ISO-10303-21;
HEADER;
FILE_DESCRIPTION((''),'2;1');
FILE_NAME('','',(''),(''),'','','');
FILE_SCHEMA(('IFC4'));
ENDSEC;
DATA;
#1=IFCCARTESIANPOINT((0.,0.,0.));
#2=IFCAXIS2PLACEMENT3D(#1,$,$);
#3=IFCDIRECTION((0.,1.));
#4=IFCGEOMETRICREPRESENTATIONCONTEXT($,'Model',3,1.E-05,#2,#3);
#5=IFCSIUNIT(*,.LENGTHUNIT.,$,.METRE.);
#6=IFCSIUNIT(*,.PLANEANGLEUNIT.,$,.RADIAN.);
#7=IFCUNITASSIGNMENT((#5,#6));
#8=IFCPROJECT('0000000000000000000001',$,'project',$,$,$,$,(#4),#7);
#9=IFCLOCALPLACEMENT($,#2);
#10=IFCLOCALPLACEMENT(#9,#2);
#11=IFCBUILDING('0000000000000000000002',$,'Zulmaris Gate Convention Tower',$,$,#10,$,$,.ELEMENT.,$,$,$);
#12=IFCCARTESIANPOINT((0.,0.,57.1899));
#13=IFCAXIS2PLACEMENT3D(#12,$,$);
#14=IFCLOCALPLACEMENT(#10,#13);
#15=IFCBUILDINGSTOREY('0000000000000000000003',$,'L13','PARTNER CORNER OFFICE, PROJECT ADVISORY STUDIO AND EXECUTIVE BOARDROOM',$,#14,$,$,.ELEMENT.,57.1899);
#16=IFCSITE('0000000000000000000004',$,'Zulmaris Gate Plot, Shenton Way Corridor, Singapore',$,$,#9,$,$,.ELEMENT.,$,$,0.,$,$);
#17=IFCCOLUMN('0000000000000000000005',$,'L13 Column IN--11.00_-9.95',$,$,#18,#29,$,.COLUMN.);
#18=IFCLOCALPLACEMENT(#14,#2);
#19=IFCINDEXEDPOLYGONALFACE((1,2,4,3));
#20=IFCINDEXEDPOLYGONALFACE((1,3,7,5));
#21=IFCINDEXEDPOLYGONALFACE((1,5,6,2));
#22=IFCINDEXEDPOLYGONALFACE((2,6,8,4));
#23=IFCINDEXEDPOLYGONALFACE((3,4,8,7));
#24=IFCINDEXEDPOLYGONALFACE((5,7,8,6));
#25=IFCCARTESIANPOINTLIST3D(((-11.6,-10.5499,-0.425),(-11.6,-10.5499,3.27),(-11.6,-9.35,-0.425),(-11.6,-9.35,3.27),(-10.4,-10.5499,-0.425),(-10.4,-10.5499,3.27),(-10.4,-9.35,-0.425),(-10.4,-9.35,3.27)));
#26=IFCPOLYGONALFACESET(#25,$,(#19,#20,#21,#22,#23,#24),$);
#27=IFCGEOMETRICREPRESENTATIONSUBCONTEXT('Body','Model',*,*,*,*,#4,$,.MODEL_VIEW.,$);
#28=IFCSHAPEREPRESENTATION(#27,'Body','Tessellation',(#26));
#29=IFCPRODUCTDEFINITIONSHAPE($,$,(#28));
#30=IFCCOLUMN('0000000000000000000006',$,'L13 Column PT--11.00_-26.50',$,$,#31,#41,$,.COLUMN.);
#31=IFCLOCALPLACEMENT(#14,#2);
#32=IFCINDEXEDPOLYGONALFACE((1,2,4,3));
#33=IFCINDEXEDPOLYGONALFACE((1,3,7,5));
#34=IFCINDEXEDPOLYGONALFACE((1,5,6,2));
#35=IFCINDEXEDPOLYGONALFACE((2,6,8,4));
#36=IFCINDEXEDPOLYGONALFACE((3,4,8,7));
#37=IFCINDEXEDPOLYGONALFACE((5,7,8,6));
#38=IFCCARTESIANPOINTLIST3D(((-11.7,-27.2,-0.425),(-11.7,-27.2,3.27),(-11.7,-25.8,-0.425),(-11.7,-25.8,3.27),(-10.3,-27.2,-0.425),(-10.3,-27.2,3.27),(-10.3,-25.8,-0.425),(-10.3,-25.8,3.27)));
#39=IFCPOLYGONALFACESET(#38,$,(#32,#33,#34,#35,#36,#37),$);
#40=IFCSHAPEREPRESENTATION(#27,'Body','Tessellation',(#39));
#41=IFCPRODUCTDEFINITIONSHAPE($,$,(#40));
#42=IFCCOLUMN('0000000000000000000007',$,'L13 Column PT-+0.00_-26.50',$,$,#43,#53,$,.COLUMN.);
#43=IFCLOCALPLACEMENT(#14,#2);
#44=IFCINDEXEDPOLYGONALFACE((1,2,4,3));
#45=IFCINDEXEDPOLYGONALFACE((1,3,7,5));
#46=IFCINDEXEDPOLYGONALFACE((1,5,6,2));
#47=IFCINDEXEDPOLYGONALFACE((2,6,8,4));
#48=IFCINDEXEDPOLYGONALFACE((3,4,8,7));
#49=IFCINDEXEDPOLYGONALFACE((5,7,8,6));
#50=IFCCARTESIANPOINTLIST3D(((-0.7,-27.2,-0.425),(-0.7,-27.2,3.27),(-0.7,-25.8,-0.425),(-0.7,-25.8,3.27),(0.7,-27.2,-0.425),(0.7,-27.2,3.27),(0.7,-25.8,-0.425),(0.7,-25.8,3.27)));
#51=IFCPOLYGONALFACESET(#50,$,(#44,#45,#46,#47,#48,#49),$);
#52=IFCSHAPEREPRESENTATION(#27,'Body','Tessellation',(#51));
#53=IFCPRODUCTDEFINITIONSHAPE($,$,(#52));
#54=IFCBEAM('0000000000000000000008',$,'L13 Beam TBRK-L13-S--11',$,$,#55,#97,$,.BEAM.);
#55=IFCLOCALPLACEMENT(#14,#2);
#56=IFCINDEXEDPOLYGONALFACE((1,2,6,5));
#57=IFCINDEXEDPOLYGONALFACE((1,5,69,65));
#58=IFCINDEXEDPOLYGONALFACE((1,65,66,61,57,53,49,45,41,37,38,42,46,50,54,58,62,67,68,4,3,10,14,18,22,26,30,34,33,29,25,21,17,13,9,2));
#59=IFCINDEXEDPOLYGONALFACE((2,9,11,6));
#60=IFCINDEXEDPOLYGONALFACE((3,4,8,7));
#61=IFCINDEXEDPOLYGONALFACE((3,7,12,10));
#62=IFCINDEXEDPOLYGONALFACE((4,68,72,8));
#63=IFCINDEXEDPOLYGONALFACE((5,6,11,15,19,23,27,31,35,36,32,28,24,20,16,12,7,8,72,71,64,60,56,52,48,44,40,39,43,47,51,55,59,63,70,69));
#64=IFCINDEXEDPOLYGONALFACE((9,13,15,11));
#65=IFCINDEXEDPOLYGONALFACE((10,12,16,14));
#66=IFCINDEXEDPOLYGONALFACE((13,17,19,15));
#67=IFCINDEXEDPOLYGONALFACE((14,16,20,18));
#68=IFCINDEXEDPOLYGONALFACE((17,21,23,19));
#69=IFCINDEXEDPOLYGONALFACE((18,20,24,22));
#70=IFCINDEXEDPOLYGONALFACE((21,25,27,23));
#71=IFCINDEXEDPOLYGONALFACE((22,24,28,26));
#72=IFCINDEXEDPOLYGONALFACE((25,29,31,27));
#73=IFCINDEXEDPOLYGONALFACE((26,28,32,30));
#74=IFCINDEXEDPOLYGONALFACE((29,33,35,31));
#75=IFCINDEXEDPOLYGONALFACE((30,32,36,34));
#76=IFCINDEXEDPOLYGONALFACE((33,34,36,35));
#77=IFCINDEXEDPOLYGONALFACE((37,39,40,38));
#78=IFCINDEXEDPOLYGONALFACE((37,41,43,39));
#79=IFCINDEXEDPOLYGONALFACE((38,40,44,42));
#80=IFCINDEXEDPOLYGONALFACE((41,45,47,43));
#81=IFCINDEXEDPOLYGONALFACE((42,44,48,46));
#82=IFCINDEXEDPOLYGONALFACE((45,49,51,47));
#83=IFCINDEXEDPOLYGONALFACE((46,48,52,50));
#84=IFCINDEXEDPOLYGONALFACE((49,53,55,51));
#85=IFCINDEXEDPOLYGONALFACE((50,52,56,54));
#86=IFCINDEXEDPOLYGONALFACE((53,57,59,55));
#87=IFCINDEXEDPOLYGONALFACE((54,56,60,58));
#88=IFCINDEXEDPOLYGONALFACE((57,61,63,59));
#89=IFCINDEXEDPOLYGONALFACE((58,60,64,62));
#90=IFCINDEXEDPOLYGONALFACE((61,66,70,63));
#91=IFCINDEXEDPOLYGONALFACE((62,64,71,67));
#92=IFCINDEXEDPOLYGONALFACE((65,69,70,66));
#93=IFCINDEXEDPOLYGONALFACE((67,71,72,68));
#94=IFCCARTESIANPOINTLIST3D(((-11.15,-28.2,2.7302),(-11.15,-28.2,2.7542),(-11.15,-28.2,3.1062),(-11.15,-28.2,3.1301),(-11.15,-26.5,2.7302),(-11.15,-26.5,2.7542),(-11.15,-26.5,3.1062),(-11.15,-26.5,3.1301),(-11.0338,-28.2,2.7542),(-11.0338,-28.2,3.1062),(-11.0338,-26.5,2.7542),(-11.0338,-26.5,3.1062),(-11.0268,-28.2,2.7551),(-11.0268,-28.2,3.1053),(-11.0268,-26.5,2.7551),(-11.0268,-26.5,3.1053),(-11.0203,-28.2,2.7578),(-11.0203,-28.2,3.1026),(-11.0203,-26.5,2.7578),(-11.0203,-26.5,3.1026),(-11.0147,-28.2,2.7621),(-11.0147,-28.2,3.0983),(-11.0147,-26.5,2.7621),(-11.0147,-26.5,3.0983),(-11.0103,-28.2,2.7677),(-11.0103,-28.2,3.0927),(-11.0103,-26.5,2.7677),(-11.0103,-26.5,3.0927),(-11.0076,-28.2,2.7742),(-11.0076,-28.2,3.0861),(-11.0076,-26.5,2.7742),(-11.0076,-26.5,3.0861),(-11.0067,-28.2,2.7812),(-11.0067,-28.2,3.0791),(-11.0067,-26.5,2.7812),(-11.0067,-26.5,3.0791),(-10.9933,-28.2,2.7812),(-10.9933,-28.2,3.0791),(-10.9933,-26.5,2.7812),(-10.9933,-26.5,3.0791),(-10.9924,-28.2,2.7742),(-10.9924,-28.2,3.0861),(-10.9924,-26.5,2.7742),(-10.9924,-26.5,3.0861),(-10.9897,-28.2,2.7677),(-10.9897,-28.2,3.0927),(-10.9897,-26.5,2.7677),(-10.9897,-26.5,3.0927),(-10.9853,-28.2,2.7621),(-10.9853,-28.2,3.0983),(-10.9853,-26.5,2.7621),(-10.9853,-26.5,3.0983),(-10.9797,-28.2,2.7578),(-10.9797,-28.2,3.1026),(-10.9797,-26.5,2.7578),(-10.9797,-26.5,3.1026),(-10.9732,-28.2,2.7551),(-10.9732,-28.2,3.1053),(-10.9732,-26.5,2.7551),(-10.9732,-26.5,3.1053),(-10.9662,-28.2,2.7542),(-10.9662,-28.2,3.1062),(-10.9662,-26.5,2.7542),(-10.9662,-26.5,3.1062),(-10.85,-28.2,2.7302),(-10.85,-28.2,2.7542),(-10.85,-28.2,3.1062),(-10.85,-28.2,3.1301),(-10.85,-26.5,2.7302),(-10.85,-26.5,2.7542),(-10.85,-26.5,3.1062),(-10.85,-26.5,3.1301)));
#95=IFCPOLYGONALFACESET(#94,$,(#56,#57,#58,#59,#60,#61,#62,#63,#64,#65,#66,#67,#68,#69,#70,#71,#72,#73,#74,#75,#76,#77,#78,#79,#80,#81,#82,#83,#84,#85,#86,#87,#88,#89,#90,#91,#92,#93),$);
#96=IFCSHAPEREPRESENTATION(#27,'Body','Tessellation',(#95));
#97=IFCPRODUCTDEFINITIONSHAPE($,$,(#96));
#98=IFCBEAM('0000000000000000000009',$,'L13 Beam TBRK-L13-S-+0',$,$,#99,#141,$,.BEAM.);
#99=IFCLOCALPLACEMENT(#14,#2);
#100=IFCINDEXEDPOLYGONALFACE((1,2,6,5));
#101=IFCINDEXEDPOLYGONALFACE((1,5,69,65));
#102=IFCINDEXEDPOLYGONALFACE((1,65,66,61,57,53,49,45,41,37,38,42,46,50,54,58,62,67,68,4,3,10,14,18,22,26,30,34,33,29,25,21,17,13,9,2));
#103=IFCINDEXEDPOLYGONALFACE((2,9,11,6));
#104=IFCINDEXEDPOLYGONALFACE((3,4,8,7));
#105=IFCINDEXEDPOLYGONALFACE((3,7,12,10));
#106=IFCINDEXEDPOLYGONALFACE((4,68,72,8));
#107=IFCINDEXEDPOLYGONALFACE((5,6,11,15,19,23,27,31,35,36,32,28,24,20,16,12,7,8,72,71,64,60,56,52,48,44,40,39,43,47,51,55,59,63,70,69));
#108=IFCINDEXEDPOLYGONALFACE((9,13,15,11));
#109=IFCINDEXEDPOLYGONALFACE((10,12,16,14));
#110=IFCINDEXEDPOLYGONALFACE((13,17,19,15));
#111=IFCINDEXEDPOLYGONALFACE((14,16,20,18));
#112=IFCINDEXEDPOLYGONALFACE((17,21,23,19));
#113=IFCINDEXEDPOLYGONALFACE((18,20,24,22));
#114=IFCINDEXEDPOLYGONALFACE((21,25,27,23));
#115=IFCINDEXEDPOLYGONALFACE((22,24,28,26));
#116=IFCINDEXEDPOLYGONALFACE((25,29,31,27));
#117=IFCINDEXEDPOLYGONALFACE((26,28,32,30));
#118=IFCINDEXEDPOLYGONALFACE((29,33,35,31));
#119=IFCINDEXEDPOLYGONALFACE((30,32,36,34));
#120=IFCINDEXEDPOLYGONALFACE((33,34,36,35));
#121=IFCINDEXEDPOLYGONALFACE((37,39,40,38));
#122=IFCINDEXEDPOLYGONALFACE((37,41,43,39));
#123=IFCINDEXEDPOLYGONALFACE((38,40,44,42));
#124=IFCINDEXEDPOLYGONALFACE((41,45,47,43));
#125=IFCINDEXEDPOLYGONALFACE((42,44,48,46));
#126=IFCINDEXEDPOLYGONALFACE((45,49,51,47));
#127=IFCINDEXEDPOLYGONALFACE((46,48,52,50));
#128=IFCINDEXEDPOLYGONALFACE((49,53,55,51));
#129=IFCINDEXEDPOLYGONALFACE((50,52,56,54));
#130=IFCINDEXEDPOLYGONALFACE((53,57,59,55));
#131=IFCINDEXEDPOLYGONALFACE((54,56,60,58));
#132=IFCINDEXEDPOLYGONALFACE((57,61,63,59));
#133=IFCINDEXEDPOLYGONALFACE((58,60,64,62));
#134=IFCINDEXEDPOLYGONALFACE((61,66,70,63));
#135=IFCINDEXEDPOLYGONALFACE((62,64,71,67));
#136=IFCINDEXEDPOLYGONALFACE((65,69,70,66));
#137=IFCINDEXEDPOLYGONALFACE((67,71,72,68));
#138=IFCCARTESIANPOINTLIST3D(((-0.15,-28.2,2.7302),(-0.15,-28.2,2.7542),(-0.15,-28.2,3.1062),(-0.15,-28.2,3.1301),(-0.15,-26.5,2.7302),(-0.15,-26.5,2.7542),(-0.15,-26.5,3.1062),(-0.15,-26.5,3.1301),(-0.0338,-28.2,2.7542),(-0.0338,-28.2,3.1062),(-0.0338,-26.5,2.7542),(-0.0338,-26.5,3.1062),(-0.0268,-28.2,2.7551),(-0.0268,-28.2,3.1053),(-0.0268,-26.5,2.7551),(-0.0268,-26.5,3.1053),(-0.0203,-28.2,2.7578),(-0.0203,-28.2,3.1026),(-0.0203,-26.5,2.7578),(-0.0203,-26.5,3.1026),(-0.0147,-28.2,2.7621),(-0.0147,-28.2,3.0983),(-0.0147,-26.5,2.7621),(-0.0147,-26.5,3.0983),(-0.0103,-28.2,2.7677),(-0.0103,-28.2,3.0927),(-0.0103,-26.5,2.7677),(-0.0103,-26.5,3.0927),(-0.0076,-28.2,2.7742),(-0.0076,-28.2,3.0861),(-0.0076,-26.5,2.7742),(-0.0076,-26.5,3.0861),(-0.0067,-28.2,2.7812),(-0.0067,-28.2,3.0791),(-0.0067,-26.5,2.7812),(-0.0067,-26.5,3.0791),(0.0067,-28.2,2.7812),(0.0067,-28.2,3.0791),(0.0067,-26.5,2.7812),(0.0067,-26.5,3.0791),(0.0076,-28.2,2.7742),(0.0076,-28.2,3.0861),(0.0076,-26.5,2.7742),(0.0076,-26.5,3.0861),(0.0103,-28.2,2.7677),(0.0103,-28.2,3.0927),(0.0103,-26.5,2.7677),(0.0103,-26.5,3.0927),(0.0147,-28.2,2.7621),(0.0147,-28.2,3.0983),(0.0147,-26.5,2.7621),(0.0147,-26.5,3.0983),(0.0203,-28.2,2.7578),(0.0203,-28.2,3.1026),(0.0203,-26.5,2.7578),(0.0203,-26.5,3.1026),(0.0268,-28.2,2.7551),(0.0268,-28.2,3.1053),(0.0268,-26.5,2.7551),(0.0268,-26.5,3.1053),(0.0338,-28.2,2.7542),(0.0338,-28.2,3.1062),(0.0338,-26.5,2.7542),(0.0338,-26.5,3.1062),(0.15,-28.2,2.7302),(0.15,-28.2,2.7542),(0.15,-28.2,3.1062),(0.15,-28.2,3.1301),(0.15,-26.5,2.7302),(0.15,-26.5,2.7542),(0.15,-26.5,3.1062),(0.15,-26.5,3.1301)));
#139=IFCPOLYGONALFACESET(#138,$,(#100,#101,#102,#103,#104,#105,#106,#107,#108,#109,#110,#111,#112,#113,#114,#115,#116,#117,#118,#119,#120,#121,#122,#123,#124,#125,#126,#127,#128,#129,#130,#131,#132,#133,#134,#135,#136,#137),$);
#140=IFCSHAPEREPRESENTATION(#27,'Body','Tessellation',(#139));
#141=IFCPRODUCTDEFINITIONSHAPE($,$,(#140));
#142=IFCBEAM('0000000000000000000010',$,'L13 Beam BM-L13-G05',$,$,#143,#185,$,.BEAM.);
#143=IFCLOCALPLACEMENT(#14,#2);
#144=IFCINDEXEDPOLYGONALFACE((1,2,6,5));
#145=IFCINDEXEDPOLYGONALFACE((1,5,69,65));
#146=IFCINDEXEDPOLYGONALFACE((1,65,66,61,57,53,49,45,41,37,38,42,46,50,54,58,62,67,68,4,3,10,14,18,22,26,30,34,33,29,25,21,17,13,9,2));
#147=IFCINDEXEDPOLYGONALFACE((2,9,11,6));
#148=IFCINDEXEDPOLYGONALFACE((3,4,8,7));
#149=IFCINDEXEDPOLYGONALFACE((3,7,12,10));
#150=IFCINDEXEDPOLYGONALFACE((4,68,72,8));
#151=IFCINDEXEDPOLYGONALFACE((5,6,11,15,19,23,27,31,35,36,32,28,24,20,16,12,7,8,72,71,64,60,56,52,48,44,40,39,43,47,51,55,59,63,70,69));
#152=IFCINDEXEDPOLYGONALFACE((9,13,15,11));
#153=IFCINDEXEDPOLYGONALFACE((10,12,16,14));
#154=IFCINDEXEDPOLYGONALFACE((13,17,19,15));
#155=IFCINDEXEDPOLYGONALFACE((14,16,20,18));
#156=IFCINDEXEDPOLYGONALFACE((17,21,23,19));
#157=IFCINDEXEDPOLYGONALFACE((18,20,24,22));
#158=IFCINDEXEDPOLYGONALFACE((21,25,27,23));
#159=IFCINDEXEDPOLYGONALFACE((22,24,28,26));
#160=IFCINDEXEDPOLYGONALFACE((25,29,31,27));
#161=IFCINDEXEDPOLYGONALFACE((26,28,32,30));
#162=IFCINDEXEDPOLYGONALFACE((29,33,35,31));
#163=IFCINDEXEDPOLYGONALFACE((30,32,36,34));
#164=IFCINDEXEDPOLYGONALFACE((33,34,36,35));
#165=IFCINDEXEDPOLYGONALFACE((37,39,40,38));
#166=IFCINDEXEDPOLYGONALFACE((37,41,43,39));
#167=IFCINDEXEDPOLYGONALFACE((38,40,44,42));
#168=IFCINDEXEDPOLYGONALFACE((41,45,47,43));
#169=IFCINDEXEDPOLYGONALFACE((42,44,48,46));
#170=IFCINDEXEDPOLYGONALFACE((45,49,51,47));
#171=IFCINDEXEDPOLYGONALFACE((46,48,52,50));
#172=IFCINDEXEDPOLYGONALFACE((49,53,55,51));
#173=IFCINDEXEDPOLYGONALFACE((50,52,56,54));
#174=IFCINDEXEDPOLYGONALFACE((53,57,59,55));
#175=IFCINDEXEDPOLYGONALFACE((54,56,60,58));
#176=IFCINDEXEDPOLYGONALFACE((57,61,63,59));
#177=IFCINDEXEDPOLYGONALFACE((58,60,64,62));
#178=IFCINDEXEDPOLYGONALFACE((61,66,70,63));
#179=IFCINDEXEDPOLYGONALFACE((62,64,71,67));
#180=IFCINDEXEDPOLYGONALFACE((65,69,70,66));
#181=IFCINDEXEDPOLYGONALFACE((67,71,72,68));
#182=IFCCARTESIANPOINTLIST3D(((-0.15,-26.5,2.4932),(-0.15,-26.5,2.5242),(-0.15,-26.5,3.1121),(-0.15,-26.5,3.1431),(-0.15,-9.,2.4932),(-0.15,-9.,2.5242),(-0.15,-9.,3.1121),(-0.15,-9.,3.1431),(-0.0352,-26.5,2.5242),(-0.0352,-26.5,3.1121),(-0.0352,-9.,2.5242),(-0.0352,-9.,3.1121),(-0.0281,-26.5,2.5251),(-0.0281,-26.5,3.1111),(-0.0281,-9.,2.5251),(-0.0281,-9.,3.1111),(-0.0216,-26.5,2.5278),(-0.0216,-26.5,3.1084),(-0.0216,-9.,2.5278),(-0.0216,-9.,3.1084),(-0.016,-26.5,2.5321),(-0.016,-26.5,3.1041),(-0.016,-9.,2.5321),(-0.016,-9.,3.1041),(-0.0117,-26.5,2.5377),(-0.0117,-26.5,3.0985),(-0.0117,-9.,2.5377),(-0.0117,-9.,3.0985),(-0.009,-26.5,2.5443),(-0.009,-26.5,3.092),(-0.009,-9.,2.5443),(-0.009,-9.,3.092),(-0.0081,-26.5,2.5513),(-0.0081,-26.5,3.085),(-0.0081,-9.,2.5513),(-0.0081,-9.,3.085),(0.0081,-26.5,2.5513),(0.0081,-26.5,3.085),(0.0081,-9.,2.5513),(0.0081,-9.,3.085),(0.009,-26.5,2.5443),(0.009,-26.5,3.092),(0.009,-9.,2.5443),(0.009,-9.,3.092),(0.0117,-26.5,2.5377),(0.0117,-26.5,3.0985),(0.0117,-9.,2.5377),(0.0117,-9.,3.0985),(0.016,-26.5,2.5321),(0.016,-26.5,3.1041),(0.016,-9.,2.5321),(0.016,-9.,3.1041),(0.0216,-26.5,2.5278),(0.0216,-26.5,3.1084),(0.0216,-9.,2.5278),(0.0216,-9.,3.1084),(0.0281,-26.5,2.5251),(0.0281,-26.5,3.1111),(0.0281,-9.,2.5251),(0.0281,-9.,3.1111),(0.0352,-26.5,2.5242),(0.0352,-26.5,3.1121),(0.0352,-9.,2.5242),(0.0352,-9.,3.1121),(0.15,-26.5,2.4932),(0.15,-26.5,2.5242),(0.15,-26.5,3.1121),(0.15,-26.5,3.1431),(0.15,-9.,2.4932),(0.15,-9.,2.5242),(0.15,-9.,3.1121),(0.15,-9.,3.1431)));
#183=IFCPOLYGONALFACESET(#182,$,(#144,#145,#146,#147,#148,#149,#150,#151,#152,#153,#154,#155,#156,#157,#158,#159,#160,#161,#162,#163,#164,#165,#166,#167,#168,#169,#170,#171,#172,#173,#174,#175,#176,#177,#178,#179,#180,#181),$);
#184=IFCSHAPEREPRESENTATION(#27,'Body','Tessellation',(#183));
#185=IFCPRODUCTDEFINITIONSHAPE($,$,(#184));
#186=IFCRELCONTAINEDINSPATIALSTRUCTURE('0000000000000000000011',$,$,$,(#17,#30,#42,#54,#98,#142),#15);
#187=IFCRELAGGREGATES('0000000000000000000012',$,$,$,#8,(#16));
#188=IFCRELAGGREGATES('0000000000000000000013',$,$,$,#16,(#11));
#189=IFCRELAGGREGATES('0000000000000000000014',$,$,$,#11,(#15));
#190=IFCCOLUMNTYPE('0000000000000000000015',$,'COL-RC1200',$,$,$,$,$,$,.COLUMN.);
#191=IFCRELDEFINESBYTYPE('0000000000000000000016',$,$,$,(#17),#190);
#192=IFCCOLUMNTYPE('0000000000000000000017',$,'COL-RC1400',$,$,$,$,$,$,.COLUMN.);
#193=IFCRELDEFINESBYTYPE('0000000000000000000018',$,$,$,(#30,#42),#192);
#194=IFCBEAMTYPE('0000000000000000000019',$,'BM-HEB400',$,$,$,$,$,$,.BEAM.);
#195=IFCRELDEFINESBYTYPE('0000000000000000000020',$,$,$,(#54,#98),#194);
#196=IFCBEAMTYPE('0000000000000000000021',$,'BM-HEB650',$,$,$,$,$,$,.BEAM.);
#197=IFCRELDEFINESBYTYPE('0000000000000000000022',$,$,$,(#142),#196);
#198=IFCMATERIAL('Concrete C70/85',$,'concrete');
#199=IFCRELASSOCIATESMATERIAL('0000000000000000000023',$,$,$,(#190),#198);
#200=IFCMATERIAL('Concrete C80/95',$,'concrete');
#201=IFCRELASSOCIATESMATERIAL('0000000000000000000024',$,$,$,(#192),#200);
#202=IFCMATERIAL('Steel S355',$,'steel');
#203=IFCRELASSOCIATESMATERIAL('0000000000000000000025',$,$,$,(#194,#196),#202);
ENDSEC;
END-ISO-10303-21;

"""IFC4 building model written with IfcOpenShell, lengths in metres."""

from ifc_helpers import new_model, si_unit, direction, frame, origin, origin_2d, place, context, subcontext, project, spatial, rectangle, i_section, extrude, material, material_profile, profile_set, type_object, element, save


model = new_model("IFC4")

# Units and contexts
model_context = context("Model", 3, precision=1e-05, world=origin(), true_north=direction((0.0, 1.0)))
body_context = subcontext(model_context, "Body", "Model", "MODEL_VIEW")
ifc_project = project(units=[si_unit("LENGTHUNIT", "METRE"), si_unit("PLANEANGLEUNIT", "RADIAN")], contexts=[model_context])

# Site, building, storey
site_placement = place(None, origin())
site = spatial("IfcSite", under=ifc_project, at=site_placement, Name="Zulmaris Gate Plot, Shenton Way Corridor, Singapore", CompositionType="ELEMENT", RefElevation=0.0)
building_placement = place(site_placement, origin())
building = spatial("IfcBuilding", under=site, at=building_placement, Name="Zulmaris Gate Convention Tower", CompositionType="ELEMENT")
storey_placement = place(building_placement, frame((0.0, 0.0, 57.1899)))
storey = spatial("IfcBuildingStorey", under=building, at=storey_placement, Name="L13", Description="PARTNER CORNER OFFICE, PROJECT ADVISORY STUDIO AND EXECUTIVE BOARDROOM", CompositionType="ELEMENT", Elevation=57.1899)

# Columns
ifc_material_1 = material(Name="Concrete C70/85", Category="concrete")
ifc_material_profile_1 = material_profile(ifc_material_1, rectangle(XDim=1.2, YDim=1.2, at=origin_2d()), Name="RC COL 1200x1200")
ifc_profile_set_1 = profile_set([ifc_material_profile_1], Name="Concrete C70/85")
column_type_1 = type_object("IfcColumnType", Name="COL-RC1200", PredefinedType="COLUMN", material=ifc_profile_set_1)
column_placement = place(storey_placement, frame((-11.0, -9.95, -0.425), z_axis=(0.0, 0.0, 1.0), x_axis=(1.0, 0.0, 0.0)))
element("IfcColumn", 1, at=column_placement, inside=storey, type_object=column_type_1, Name="L13 Column IN--11.00_-9.95", PredefinedType="COLUMN", context=body_context, shape_type="SweptSolid", body=[
    extrude(rectangle(XDim=1.2, YDim=1.2, at=origin_2d()), origin(), (0.0, 0.0, 1.0), 3.6951),
])
ifc_material_2 = material(Name="Concrete C80/95", Category="concrete")
ifc_material_profile_2 = material_profile(ifc_material_2, rectangle(XDim=1.3999, YDim=1.3999, at=origin_2d()), Name="RC COL 1400x1400")
ifc_profile_set_2 = profile_set([ifc_material_profile_2], Name="Concrete C80/95")
column_type_2 = type_object("IfcColumnType", Name="COL-RC1400", PredefinedType="COLUMN", material=ifc_profile_set_2)
for number, where, z_axis, x_axis, name in (
    (2, (-11.0, -26.5, -0.425), (0.0, 0.0, 1.0), (1.0, 0.0, 0.0), "L13 Column PT--11.00_-26.50"),
    (3, (0.0, -26.5, -0.425), (0.0, 0.0, 1.0), (1.0, 0.0, 0.0), "L13 Column PT-+0.00_-26.50"),
):
    element("IfcColumn", number, at=place(storey_placement, frame(where, z_axis=z_axis, x_axis=x_axis)), inside=storey, type_object=column_type_2, Name=name, PredefinedType="COLUMN", context=body_context, shape_type="SweptSolid", body=[
        extrude(rectangle(XDim=1.3999, YDim=1.3999, at=origin_2d()), origin(), (0.0, 0.0, 1.0), 3.6951),
    ])

# Beams
ifc_material_3 = material(Name="Steel S355", Category="steel")
ifc_material_profile_3 = material_profile(ifc_material_3, i_section(OverallWidth=0.3, OverallDepth=0.3999, WebThickness=0.0134, FlangeThickness=0.0239, FilletRadius=0.0271, at=origin_2d()), Name="HEB 400")
ifc_profile_set_3 = profile_set([ifc_material_profile_3], Name="Steel S355")
beam_type_1 = type_object("IfcBeamType", Name="BM-HEB400", PredefinedType="BEAM", material=ifc_profile_set_3)
for number, where, z_axis, x_axis, name in (
    (4, (-11.0, -28.2, 2.9302), (0.0, 1.0, 0.0), (-1.0, 0.0, 0.0), "L13 Beam TBRK-L13-S--11"),
    (5, (0.0, -28.2, 2.9302), (0.0, 1.0, 0.0), (-1.0, 0.0, 0.0), "L13 Beam TBRK-L13-S-+0"),
):
    element("IfcBeam", number, at=place(storey_placement, frame(where, z_axis=z_axis, x_axis=x_axis)), inside=storey, type_object=beam_type_1, Name=name, PredefinedType="BEAM", context=body_context, shape_type="SweptSolid", body=[
        extrude(i_section(OverallWidth=0.3, OverallDepth=0.3999, WebThickness=0.0134, FlangeThickness=0.0239, FilletRadius=0.0271, at=origin_2d()), origin(), (0.0, 0.0, 1.0), 1.7),
    ])
ifc_material_profile_4 = material_profile(ifc_material_3, i_section(OverallWidth=0.3, OverallDepth=0.6499, WebThickness=0.0161, FlangeThickness=0.031, FilletRadius=0.0271, at=origin_2d()), Name="HEB 650")
ifc_profile_set_4 = profile_set([ifc_material_profile_4], Name="Steel S355")
beam_type_2 = type_object("IfcBeamType", Name="BM-HEB650", PredefinedType="BEAM", material=ifc_profile_set_4)
beam_1_placement = place(storey_placement, frame((0.0, -26.5, 2.8181), z_axis=(0.0, 1.0, 0.0), x_axis=(-1.0, 0.0, 0.0)))
element("IfcBeam", 6, at=beam_1_placement, inside=storey, type_object=beam_type_2, Name="L13 Beam BM-L13-G05", PredefinedType="BEAM", context=body_context, shape_type="SweptSolid", body=[
    extrude(i_section(OverallWidth=0.3, OverallDepth=0.6499, WebThickness=0.0161, FlangeThickness=0.031, FilletRadius=0.0271, at=origin_2d()), origin(), (0.0, 0.0, 1.0), 17.5),
])

save(model, "model.ifc")
